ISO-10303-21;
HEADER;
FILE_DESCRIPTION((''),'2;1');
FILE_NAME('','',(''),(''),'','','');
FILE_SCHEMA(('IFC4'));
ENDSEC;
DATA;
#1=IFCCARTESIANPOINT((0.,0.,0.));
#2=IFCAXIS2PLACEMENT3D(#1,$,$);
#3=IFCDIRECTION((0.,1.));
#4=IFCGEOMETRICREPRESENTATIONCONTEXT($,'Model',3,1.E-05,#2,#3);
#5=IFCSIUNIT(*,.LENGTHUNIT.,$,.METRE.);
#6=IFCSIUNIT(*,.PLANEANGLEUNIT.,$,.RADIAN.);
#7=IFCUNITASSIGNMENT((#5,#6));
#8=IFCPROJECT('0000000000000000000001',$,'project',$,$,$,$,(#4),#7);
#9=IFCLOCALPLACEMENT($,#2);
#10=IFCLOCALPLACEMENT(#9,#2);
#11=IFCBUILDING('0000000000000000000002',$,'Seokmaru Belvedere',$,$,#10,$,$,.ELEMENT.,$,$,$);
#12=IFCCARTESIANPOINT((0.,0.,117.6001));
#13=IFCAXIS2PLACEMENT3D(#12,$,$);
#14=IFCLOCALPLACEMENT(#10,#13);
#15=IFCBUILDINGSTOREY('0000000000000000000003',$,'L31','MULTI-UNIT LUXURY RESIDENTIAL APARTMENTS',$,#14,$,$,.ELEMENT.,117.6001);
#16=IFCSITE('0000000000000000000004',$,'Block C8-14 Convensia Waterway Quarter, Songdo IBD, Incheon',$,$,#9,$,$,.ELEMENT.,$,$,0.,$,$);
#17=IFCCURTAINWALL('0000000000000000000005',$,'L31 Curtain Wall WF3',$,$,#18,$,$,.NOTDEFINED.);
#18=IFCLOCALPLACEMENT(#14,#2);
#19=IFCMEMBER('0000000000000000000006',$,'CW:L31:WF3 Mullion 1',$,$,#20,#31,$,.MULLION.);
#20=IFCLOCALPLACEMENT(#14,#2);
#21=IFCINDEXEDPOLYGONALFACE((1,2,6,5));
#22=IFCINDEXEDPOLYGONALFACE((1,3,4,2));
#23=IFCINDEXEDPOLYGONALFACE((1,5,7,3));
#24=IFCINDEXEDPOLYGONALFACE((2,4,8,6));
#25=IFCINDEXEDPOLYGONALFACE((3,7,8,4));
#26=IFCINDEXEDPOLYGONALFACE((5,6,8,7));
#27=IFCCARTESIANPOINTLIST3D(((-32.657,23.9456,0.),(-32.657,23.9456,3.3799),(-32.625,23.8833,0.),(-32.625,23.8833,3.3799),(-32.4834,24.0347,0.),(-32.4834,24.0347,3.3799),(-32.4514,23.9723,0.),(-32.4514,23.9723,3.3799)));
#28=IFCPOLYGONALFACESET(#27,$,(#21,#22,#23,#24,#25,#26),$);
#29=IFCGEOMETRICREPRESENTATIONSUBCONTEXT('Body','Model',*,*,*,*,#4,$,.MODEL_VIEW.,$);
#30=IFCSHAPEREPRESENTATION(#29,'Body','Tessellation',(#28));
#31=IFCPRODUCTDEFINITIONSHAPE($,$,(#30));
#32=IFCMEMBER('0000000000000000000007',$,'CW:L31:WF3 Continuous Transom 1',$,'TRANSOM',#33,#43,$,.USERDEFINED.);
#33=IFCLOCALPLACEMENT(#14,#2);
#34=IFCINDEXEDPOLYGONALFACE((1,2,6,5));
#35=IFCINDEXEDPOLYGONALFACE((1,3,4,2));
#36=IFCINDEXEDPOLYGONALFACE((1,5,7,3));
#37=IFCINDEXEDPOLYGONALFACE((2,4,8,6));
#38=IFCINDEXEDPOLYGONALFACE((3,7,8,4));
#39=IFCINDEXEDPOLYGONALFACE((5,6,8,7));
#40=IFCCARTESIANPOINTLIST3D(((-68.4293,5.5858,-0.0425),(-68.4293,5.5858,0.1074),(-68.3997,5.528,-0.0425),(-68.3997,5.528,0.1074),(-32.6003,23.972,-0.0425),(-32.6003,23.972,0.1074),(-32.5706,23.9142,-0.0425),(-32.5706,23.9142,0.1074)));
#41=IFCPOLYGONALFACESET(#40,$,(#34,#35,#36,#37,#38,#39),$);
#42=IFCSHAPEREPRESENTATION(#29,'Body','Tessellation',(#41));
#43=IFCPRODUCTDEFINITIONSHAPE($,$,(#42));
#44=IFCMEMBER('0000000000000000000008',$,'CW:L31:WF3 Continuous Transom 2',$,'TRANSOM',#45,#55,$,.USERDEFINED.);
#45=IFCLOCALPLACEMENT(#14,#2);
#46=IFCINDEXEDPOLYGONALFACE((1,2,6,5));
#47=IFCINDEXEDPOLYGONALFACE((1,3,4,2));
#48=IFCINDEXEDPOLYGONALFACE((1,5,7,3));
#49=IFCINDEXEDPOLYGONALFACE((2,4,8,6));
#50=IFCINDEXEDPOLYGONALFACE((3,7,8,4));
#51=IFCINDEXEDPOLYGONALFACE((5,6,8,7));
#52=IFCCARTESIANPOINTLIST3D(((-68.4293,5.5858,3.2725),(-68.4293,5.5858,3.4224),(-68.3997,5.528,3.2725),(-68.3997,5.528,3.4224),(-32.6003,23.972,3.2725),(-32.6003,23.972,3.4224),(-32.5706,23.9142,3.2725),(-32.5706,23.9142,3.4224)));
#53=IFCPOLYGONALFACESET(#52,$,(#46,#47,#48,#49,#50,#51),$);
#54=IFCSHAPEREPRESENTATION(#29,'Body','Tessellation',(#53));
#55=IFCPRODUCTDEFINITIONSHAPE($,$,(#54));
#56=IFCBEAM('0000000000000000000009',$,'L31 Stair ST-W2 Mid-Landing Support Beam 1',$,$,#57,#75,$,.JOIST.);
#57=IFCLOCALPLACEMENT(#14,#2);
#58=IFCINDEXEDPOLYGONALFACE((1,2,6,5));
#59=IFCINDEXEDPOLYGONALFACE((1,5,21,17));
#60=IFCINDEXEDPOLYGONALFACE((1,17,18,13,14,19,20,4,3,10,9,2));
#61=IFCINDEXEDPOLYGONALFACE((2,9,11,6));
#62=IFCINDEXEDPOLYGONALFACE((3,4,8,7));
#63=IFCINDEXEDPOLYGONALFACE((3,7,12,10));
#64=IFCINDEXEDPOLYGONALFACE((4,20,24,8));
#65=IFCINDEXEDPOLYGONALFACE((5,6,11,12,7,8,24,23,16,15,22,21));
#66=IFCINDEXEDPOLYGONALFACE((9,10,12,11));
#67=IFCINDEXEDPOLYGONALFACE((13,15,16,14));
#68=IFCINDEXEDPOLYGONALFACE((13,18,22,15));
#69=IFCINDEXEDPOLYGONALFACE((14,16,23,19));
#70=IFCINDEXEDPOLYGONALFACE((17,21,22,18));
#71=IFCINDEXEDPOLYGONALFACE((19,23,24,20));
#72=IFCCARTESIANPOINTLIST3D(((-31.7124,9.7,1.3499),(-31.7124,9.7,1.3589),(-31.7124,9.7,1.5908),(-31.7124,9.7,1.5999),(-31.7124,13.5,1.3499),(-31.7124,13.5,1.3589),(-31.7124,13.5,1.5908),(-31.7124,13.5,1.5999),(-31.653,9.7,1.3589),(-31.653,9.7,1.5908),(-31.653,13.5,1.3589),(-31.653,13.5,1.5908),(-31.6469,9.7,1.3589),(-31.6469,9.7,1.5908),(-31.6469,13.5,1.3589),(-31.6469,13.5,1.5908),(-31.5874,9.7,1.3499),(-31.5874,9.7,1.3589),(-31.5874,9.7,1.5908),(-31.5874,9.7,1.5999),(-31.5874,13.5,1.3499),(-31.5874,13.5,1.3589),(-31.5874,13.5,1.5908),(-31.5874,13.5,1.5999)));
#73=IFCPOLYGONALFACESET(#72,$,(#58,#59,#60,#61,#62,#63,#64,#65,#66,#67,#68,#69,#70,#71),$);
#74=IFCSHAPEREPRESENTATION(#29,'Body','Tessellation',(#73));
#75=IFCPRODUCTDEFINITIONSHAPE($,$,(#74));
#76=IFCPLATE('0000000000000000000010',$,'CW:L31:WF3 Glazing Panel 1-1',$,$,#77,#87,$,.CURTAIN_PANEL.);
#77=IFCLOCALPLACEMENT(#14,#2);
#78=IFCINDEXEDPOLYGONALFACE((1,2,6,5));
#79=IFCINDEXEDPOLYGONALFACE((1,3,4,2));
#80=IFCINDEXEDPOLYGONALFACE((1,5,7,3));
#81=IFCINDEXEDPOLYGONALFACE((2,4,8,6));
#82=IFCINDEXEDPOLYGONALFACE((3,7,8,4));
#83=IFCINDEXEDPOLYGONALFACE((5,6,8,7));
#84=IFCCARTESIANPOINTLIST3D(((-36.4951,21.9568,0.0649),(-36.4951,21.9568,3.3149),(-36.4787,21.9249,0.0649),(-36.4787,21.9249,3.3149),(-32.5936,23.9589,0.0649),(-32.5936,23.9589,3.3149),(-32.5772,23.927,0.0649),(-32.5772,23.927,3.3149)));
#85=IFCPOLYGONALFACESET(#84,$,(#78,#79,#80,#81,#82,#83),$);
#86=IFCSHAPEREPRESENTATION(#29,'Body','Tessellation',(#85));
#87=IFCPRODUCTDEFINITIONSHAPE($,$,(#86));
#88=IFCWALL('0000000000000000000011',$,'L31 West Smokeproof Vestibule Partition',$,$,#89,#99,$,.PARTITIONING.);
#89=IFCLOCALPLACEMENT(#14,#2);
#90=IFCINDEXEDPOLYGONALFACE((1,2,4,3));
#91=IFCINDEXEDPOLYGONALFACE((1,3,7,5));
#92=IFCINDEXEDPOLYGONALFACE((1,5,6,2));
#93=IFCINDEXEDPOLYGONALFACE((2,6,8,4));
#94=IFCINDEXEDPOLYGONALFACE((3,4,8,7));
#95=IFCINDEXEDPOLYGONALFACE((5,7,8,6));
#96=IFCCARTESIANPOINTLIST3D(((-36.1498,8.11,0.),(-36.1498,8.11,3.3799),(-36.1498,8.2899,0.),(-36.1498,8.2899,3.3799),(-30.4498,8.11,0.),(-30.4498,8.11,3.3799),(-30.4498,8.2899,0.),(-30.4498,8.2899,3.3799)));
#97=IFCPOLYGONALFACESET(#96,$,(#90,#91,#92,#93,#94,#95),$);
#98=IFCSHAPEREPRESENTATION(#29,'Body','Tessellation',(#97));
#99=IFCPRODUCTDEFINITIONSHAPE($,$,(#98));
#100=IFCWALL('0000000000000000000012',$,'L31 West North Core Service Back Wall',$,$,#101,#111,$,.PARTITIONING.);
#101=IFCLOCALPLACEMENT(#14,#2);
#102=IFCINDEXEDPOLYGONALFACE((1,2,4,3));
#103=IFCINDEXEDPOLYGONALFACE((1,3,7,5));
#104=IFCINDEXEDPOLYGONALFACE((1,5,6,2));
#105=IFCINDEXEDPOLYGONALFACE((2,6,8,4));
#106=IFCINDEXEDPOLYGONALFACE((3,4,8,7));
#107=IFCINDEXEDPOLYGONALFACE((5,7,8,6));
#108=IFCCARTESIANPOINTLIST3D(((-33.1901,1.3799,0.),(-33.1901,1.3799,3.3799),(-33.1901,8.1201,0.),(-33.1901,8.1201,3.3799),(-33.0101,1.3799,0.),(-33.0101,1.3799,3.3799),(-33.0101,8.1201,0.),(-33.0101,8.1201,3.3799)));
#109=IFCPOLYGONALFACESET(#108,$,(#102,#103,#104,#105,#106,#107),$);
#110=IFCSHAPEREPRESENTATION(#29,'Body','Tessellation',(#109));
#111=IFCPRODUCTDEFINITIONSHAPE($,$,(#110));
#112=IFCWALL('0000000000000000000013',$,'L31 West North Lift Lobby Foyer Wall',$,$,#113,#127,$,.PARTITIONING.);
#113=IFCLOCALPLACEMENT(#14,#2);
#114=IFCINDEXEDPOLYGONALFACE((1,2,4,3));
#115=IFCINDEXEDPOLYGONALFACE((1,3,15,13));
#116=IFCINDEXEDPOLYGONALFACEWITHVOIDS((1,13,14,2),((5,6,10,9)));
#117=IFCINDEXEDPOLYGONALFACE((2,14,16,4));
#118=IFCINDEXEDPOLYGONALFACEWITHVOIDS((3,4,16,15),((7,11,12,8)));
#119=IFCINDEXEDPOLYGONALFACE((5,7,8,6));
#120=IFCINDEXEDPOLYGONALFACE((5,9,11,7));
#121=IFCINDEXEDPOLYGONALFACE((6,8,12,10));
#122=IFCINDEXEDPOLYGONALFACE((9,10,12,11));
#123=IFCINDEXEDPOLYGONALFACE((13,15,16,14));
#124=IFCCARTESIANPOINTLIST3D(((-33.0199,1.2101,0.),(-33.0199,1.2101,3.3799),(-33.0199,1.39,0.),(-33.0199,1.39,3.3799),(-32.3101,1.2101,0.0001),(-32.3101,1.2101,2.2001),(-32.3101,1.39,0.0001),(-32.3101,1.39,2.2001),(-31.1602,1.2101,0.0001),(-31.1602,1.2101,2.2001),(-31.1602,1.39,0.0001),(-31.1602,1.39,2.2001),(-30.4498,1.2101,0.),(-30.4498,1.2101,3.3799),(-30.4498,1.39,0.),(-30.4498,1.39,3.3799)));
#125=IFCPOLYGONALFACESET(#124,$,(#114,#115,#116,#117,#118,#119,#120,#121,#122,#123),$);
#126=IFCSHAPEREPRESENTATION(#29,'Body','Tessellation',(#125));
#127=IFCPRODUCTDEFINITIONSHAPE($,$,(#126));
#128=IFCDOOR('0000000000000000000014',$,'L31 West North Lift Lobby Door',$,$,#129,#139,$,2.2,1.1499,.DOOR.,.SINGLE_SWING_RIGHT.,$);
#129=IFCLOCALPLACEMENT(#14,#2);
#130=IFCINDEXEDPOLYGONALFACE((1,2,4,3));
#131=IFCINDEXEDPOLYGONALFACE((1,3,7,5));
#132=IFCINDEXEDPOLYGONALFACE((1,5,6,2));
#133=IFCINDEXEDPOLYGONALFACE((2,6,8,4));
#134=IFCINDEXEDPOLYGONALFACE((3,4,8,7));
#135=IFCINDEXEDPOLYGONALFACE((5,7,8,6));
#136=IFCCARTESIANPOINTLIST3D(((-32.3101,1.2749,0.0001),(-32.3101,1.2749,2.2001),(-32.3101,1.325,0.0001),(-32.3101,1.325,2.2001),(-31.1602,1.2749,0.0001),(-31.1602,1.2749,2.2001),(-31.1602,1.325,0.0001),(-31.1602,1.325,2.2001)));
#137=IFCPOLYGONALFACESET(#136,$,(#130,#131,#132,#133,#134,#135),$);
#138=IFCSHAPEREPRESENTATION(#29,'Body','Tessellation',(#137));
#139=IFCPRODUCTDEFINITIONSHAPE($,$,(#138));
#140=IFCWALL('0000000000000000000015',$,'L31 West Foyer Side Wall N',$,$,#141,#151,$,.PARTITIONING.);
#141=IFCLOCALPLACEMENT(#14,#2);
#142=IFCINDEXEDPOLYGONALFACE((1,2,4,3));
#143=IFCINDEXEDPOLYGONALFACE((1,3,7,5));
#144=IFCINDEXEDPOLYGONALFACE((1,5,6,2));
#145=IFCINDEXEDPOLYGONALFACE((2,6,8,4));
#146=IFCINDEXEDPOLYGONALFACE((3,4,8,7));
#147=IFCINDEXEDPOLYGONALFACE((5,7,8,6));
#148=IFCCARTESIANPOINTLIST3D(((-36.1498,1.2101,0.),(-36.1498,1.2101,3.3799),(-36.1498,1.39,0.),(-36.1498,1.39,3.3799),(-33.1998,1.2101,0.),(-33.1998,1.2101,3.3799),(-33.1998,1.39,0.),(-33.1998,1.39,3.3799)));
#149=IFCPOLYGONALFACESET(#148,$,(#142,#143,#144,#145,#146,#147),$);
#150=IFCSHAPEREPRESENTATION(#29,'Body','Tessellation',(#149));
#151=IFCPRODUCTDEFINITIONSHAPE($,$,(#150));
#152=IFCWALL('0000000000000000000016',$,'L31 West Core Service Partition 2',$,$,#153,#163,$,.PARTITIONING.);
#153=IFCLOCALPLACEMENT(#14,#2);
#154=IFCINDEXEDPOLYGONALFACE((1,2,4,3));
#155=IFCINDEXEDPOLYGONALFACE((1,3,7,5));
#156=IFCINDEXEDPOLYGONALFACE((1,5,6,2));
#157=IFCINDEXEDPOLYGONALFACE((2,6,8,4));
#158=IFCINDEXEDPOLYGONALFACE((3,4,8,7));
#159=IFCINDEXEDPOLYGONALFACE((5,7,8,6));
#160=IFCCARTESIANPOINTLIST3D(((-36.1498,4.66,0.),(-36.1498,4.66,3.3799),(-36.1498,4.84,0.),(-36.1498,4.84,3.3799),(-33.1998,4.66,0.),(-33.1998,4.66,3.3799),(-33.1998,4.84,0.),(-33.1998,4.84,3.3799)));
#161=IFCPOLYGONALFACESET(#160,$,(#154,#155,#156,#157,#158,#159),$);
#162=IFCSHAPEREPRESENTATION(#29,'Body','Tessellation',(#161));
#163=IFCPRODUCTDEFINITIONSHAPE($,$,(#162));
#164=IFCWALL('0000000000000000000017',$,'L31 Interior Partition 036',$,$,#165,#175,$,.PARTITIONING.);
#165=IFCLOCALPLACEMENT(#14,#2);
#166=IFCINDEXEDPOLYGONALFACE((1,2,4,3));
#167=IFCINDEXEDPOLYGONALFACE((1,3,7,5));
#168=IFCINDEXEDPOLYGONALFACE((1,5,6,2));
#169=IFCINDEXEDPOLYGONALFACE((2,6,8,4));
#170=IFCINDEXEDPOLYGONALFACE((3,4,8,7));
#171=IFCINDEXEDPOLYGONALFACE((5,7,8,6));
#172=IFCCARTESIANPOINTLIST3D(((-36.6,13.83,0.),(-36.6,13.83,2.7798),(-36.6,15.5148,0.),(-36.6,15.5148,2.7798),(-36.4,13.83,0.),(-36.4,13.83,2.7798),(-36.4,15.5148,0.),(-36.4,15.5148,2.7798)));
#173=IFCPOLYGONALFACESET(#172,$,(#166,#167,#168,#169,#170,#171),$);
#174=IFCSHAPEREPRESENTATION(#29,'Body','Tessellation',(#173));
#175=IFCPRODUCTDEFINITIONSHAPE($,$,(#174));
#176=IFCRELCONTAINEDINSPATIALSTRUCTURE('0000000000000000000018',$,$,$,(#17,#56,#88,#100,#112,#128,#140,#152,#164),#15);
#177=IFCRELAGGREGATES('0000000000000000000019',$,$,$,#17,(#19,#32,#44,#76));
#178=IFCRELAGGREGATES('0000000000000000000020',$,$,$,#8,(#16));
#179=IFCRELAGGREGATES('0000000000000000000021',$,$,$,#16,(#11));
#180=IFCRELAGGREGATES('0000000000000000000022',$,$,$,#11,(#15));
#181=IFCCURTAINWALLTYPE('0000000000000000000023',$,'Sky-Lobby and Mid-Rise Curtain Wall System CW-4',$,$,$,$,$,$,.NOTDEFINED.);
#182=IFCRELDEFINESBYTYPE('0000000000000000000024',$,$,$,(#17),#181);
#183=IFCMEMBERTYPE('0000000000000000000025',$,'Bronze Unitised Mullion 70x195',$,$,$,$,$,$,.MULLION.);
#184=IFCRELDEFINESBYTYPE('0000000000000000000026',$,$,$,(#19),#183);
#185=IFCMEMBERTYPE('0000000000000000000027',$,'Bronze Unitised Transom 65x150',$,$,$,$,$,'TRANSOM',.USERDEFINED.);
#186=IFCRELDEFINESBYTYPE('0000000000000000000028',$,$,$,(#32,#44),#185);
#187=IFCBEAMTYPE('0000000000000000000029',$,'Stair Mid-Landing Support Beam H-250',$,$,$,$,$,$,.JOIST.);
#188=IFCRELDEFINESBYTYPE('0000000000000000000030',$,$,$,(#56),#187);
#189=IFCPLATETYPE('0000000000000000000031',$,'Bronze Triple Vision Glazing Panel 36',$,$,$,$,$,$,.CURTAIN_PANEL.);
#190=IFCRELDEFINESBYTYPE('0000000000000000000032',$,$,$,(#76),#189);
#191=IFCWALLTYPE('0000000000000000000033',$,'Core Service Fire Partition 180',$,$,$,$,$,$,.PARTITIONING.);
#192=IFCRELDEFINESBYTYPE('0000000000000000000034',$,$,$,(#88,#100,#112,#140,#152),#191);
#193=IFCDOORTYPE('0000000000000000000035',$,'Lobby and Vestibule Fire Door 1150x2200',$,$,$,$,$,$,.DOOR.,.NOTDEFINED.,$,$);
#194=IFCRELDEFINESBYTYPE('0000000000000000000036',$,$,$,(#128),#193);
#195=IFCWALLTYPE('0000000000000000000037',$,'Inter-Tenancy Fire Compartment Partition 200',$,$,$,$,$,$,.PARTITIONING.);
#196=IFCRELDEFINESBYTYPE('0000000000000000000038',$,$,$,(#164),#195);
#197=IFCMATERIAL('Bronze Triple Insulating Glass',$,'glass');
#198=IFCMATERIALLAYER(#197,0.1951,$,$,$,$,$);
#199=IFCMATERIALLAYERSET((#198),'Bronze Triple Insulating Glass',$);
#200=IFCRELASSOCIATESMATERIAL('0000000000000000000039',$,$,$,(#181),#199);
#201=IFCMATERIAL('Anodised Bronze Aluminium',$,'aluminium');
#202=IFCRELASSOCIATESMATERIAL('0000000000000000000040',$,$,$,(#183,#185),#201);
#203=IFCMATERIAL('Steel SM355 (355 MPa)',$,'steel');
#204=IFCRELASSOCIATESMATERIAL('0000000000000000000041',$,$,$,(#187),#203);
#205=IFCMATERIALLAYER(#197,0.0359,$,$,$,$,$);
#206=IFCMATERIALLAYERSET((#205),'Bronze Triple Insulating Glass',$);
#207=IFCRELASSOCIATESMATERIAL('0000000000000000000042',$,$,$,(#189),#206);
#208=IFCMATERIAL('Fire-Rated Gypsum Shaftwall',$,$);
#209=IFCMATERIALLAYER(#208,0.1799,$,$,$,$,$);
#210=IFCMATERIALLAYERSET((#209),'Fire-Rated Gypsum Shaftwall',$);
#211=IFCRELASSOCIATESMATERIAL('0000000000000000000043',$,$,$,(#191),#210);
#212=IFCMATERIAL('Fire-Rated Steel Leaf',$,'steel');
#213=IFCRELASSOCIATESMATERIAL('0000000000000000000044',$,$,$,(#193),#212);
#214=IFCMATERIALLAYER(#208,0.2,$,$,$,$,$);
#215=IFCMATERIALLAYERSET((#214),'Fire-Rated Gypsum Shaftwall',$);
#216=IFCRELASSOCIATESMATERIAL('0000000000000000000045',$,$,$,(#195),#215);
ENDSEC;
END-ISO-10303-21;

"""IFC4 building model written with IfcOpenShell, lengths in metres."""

from ifc_helpers import new_model, si_unit, direction, frame, frame_2d, origin, origin_2d, place, context, subcontext, project, spatial, rectangle, i_section, extrude, source, transform, mapped, material, layer, layer_set, material_profile, profile_set, type_object, type_shapes, element, fill, aggregate, save


model = new_model("IFC4")

# Units and contexts
model_context = context("Model", 3, precision=1e-05, world=origin(), true_north=direction((0.0, 1.0)))
body_context = subcontext(model_context, "Body", "Model", "MODEL_VIEW")
ifc_project = project(units=[si_unit("LENGTHUNIT", "METRE"), si_unit("PLANEANGLEUNIT", "RADIAN")], contexts=[model_context])

# Site, building, storey
site_placement = place(None, origin())
site = spatial("IfcSite", under=ifc_project, at=site_placement, Name="Block C8-14 Convensia Waterway Quarter, Songdo IBD, Incheon", CompositionType="ELEMENT", RefElevation=0.0)
building_placement = place(site_placement, origin())
building = spatial("IfcBuilding", under=site, at=building_placement, Name="Seokmaru Belvedere", CompositionType="ELEMENT")
storey_placement = place(building_placement, frame((0.0, 0.0, 117.6001)))
storey = spatial("IfcBuildingStorey", under=building, at=storey_placement, Name="L31", Description="MULTI-UNIT LUXURY RESIDENTIAL APARTMENTS", CompositionType="ELEMENT", Elevation=117.6001)

# Shared definitions
ifc_material_1 = material(Name="Steel SM355 (355 MPa)", Category="steel")

# Curtain wall, members
ifc_material_2 = material(Name="Bronze Triple Insulating Glass", Category="glass")
ifc_layer_1 = layer(ifc_material_2, 0.1951)
ifc_layer_set_1 = layer_set([ifc_layer_1], Name="Bronze Triple Insulating Glass")
curtain_wall_type = type_object("IfcCurtainWallType", Name="Sky-Lobby and Mid-Rise Curtain Wall System CW-4", PredefinedType="NOTDEFINED", material=ifc_layer_set_1)
curtain_wall_placement = place(storey_placement, origin())
curtain_wall = element("IfcCurtainWall", 1, at=curtain_wall_placement, inside=storey, type_object=curtain_wall_type, Name="L31 Curtain Wall WF3", PredefinedType="NOTDEFINED")
ifc_material_3 = material(Name="Anodised Bronze Aluminium", Category="aluminium")
ifc_material_profile_1 = material_profile(ifc_material_3, rectangle(XDim=0.0701, YDim=0.1951, at=origin_2d()), Name="CW-M-70x195")
ifc_profile_set_1 = profile_set([ifc_material_profile_1], Name="Anodised Bronze Aluminium")
member_type_1 = type_object("IfcMemberType", Name="Bronze Unitised Mullion 70x195", PredefinedType="MULLION", material=ifc_profile_set_1)
shared_shape_1 = source(origin(), body_context, "Body", "SweptSolid", [
    extrude(rectangle(XDim=0.0701, YDim=0.1951, at=origin_2d()), origin(), (0.0, 0.0, 1.0), 3.3799),
])
type_shapes(member_type_1, [shared_shape_1])
member_1_placement = place(storey_placement, frame((-32.5542, 23.959, 0.0), z_axis=(0.0, 0.0, 1.0), x_axis=(0.456555, -0.889695, 0.0)))
member_1 = element("IfcMember", 2, at=member_1_placement, type_object=member_type_1, Name="CW:L31:WF3 Mullion 1", PredefinedType="MULLION", context=body_context, shape_type="MappedRepresentation", body=[
    mapped(shared_shape_1, transform((0.0, 0.0, 0.0), scale=1.0)),
])
ifc_material_profile_2 = material_profile(ifc_material_3, rectangle(XDim=0.0649, YDim=0.1499, at=origin_2d()), Name="CW-T-65x150")
ifc_profile_set_2 = profile_set([ifc_material_profile_2], Name="Anodised Bronze Aluminium")
member_type_2 = type_object("IfcMemberType", Name="Bronze Unitised Transom 65x150", ElementType="TRANSOM", PredefinedType="USERDEFINED", material=ifc_profile_set_2)
shared_shape_2 = source(origin(), body_context, "Body", "SweptSolid", [
    extrude(rectangle(XDim=0.0649, YDim=0.1499, at=origin_2d()), origin(), (0.0, 0.0, 1.0), 40.2712),
])
type_shapes(member_type_2, [shared_shape_2])
member_2_placement = place(storey_placement, frame((-32.5854, 23.9431, 0.0325), z_axis=(-0.889693, -0.456559, 0.0), x_axis=(0.456559, -0.889693, 0.0)))
member_2 = element("IfcMember", 3, at=member_2_placement, type_object=member_type_2, Name="CW:L31:WF3 Continuous Transom 1", ObjectType="TRANSOM", PredefinedType="USERDEFINED", context=body_context, shape_type="MappedRepresentation", body=[
    mapped(shared_shape_2, transform((0.0, 0.0, 0.0), scale=1.0)),
])
member_3_placement = place(storey_placement, frame((-32.5854, 23.9431, 3.3474), z_axis=(-0.889693, -0.456559, 0.0), x_axis=(0.456559, -0.889693, 0.0)))
member_3 = element("IfcMember", 4, at=member_3_placement, type_object=member_type_2, Name="CW:L31:WF3 Continuous Transom 2", ObjectType="TRANSOM", PredefinedType="USERDEFINED", context=body_context, shape_type="MappedRepresentation", body=[
    mapped(shared_shape_2, transform((0.0, 0.0, 0.0), scale=1.0)),
])

# Beam
ifc_material_profile_3 = material_profile(ifc_material_1, i_section(OverallWidth=0.125, OverallDepth=0.25, WebThickness=0.0061, FlangeThickness=0.009, at=origin_2d()), Name="H-250x125x6x9")
ifc_profile_set_3 = profile_set([ifc_material_profile_3], Name="Steel SM355 (355 MPa)")
beam_type_1 = type_object("IfcBeamType", Name="Stair Mid-Landing Support Beam H-250", PredefinedType="JOIST", material=ifc_profile_set_3)
shared_shape_3 = source(origin(), body_context, "Body", "SweptSolid", [
    extrude(i_section(OverallWidth=0.125, OverallDepth=0.25, WebThickness=0.0061, FlangeThickness=0.009, at=origin_2d()), origin(), (0.0, 0.0, 1.0), 3.8),
])
type_shapes(beam_type_1, [shared_shape_3])
beam_1_placement = place(storey_placement, frame((-31.6499, 9.7, 1.4749), z_axis=(0.0, 1.0, 0.0), x_axis=(-1.0, 0.0, 0.0)))
element("IfcBeam", 5, at=beam_1_placement, inside=storey, type_object=beam_type_1, Name="L31 Stair ST-W2 Mid-Landing Support Beam 1", PredefinedType="JOIST", context=body_context, shape_type="MappedRepresentation", body=[
    mapped(shared_shape_3, transform((0.0, 0.0, 0.0), scale=1.0)),
])

# Plate
ifc_layer_2 = layer(ifc_material_2, 0.0359)
ifc_layer_set_2 = layer_set([ifc_layer_2], Name="Bronze Triple Insulating Glass")
plate_type = type_object("IfcPlateType", Name="Bronze Triple Vision Glazing Panel 36", PredefinedType="CURTAIN_PANEL", material=ifc_layer_set_2)
shared_shape_4 = source(origin(), body_context, "Body", "SweptSolid", [
    extrude(rectangle(XDim=4.3853, YDim=0.0359, at=origin_2d()), origin(), (0.0, 0.0, 1.0), 3.25),
])
type_shapes(plate_type, [shared_shape_4])
plate_placement = place(storey_placement, frame((-34.5361, 22.9419, 0.0649), z_axis=(0.0, 0.0, 1.0), x_axis=(-0.889695, -0.456555, 0.0)))
plate = element("IfcPlate", 6, at=plate_placement, type_object=plate_type, Name="CW:L31:WF3 Glazing Panel 1-1", PredefinedType="CURTAIN_PANEL", context=body_context, shape_type="MappedRepresentation", body=[
    mapped(shared_shape_4, transform((0.0, 0.0, 0.0), scale=1.0)),
])
aggregate(curtain_wall, [member_1, member_2, member_3, plate])

# Walls
ifc_material_4 = material(Name="Fire-Rated Gypsum Shaftwall")
ifc_layer_3 = layer(ifc_material_4, 0.1799)
ifc_layer_set_3 = layer_set([ifc_layer_3], Name="Fire-Rated Gypsum Shaftwall")
wall_type_1 = type_object("IfcWallType", Name="Core Service Fire Partition 180", PredefinedType="PARTITIONING", material=ifc_layer_set_3)
wall_1_placement = place(storey_placement, frame((-36.1499, 8.2, 0.0), z_axis=(0.0, 0.0, 1.0), x_axis=(1.0, 0.0, 0.0)))
element("IfcWall", 7, at=wall_1_placement, inside=storey, type_object=wall_type_1, Name="L31 West Smokeproof Vestibule Partition", PredefinedType="PARTITIONING", context=body_context, shape_type="SweptSolid", body=[
    extrude(rectangle(XDim=5.7, YDim=0.1799, at=frame_2d((2.8501, 0.0))), origin(), (0.0, 0.0, 1.0), 3.3799),
])
wall_2_placement = place(storey_placement, frame((-33.1001, 1.3799, 0.0), z_axis=(0.0, 0.0, 1.0), x_axis=(0.0, 1.0, 0.0)))
element("IfcWall", 8, at=wall_2_placement, inside=storey, type_object=wall_type_1, Name="L31 West North Core Service Back Wall", PredefinedType="PARTITIONING", context=body_context, shape_type="SweptSolid", body=[
    extrude(rectangle(XDim=6.7402, YDim=0.1799, at=frame_2d((3.3701, 0.0))), origin(), (0.0, 0.0, 1.0), 3.3799),
])

# Wall, opening, door
wall_3_placement = place(storey_placement, frame((-33.02, 1.3, 0.0), z_axis=(0.0, 0.0, 1.0), x_axis=(1.0, 0.0, 0.0)))
wall_3 = element("IfcWall", 9, at=wall_3_placement, inside=storey, type_object=wall_type_1, Name="L31 West North Lift Lobby Foyer Wall", PredefinedType="PARTITIONING", context=body_context, shape_type="SweptSolid", body=[
    extrude(rectangle(XDim=2.5701, YDim=0.1799, at=frame_2d((1.2852, 0.0))), origin(), (0.0, 0.0, 1.0), 3.3799),
])
opening_1_placement = place(wall_3_placement, frame((0.71, 0.0, 0.0)))
opening_1 = element("IfcOpeningElement", 10, at=opening_1_placement, cuts=wall_3, PredefinedType="OPENING", context=body_context, shape_type="SweptSolid", body=[
    extrude(rectangle(XDim=1.1499, YDim=2.2, at=frame_2d((0.575, 1.1001))), frame((0.0, 0.1001, 0.0), z_axis=(0.0, -1.0, 0.0), x_axis=(1.0, 0.0, 0.0)), (0.0, 0.0, 1.0), 0.2),
])
ifc_material_5 = material(Name="Fire-Rated Steel Leaf", Category="steel")
door_type_1 = type_object("IfcDoorType", Name="Lobby and Vestibule Fire Door 1150x2200", OperationType="NOTDEFINED", PredefinedType="DOOR", material=ifc_material_5)
shared_shape_5 = source(origin(), body_context, "Body", "SweptSolid", [
    extrude(rectangle(XDim=1.1499, YDim=2.2, at=frame_2d((0.575, 1.1001))), frame((0.0, 0.0249, 0.0), z_axis=(0.0, -1.0, 0.0), x_axis=(1.0, 0.0, 0.0)), (0.0, 0.0, 1.0), 0.05),
])
type_shapes(door_type_1, [shared_shape_5])
door_1_placement = place(opening_1_placement, origin())
door_1 = element("IfcDoor", 11, at=door_1_placement, inside=storey, type_object=door_type_1, Name="L31 West North Lift Lobby Door", OperationType="SINGLE_SWING_RIGHT", OverallHeight=2.2, OverallWidth=1.1499, PredefinedType="DOOR", context=body_context, shape_type="MappedRepresentation", body=[
    mapped(shared_shape_5, transform((0.0, 0.0, 0.0), scale=1.0)),
])
fill(opening_1, door_1)

# Walls
for number, where, z_axis, x_axis, name in (
    (12, (-36.1499, 1.3, 0.0), (0.0, 0.0, 1.0), (1.0, 0.0, 0.0), "L31 West Foyer Side Wall N"),
    (13, (-36.1499, 4.75, 0.0), (0.0, 0.0, 1.0), (1.0, 0.0, 0.0), "L31 West Core Service Partition 2"),
):
    element("IfcWall", number, at=place(storey_placement, frame(where, z_axis=z_axis, x_axis=x_axis)), inside=storey, type_object=wall_type_1, Name=name, PredefinedType="PARTITIONING", context=body_context, shape_type="SweptSolid", body=[
        extrude(rectangle(XDim=2.95, YDim=0.1799, at=frame_2d((1.4751, 0.0))), origin(), (0.0, 0.0, 1.0), 3.3799),
    ])
ifc_layer_4 = layer(ifc_material_4, 0.2)
ifc_layer_set_4 = layer_set([ifc_layer_4], Name="Fire-Rated Gypsum Shaftwall")
wall_type_2 = type_object("IfcWallType", Name="Inter-Tenancy Fire Compartment Partition 200", PredefinedType="PARTITIONING", material=ifc_layer_set_4)
wall_4_placement = place(storey_placement, frame((-36.5, 13.8301, 0.0), z_axis=(0.0, 0.0, 1.0), x_axis=(0.0, 1.0, 0.0)))
element("IfcWall", 14, at=wall_4_placement, inside=storey, type_object=wall_type_2, Name="L31 Interior Partition 036", PredefinedType="PARTITIONING", context=body_context, shape_type="SweptSolid", body=[
    extrude(rectangle(XDim=1.6848, YDim=0.2, at=frame_2d((0.8423, 0.0))), origin(), (0.0, 0.0, 1.0), 2.7798),
])

save(model, "model.ifc")
